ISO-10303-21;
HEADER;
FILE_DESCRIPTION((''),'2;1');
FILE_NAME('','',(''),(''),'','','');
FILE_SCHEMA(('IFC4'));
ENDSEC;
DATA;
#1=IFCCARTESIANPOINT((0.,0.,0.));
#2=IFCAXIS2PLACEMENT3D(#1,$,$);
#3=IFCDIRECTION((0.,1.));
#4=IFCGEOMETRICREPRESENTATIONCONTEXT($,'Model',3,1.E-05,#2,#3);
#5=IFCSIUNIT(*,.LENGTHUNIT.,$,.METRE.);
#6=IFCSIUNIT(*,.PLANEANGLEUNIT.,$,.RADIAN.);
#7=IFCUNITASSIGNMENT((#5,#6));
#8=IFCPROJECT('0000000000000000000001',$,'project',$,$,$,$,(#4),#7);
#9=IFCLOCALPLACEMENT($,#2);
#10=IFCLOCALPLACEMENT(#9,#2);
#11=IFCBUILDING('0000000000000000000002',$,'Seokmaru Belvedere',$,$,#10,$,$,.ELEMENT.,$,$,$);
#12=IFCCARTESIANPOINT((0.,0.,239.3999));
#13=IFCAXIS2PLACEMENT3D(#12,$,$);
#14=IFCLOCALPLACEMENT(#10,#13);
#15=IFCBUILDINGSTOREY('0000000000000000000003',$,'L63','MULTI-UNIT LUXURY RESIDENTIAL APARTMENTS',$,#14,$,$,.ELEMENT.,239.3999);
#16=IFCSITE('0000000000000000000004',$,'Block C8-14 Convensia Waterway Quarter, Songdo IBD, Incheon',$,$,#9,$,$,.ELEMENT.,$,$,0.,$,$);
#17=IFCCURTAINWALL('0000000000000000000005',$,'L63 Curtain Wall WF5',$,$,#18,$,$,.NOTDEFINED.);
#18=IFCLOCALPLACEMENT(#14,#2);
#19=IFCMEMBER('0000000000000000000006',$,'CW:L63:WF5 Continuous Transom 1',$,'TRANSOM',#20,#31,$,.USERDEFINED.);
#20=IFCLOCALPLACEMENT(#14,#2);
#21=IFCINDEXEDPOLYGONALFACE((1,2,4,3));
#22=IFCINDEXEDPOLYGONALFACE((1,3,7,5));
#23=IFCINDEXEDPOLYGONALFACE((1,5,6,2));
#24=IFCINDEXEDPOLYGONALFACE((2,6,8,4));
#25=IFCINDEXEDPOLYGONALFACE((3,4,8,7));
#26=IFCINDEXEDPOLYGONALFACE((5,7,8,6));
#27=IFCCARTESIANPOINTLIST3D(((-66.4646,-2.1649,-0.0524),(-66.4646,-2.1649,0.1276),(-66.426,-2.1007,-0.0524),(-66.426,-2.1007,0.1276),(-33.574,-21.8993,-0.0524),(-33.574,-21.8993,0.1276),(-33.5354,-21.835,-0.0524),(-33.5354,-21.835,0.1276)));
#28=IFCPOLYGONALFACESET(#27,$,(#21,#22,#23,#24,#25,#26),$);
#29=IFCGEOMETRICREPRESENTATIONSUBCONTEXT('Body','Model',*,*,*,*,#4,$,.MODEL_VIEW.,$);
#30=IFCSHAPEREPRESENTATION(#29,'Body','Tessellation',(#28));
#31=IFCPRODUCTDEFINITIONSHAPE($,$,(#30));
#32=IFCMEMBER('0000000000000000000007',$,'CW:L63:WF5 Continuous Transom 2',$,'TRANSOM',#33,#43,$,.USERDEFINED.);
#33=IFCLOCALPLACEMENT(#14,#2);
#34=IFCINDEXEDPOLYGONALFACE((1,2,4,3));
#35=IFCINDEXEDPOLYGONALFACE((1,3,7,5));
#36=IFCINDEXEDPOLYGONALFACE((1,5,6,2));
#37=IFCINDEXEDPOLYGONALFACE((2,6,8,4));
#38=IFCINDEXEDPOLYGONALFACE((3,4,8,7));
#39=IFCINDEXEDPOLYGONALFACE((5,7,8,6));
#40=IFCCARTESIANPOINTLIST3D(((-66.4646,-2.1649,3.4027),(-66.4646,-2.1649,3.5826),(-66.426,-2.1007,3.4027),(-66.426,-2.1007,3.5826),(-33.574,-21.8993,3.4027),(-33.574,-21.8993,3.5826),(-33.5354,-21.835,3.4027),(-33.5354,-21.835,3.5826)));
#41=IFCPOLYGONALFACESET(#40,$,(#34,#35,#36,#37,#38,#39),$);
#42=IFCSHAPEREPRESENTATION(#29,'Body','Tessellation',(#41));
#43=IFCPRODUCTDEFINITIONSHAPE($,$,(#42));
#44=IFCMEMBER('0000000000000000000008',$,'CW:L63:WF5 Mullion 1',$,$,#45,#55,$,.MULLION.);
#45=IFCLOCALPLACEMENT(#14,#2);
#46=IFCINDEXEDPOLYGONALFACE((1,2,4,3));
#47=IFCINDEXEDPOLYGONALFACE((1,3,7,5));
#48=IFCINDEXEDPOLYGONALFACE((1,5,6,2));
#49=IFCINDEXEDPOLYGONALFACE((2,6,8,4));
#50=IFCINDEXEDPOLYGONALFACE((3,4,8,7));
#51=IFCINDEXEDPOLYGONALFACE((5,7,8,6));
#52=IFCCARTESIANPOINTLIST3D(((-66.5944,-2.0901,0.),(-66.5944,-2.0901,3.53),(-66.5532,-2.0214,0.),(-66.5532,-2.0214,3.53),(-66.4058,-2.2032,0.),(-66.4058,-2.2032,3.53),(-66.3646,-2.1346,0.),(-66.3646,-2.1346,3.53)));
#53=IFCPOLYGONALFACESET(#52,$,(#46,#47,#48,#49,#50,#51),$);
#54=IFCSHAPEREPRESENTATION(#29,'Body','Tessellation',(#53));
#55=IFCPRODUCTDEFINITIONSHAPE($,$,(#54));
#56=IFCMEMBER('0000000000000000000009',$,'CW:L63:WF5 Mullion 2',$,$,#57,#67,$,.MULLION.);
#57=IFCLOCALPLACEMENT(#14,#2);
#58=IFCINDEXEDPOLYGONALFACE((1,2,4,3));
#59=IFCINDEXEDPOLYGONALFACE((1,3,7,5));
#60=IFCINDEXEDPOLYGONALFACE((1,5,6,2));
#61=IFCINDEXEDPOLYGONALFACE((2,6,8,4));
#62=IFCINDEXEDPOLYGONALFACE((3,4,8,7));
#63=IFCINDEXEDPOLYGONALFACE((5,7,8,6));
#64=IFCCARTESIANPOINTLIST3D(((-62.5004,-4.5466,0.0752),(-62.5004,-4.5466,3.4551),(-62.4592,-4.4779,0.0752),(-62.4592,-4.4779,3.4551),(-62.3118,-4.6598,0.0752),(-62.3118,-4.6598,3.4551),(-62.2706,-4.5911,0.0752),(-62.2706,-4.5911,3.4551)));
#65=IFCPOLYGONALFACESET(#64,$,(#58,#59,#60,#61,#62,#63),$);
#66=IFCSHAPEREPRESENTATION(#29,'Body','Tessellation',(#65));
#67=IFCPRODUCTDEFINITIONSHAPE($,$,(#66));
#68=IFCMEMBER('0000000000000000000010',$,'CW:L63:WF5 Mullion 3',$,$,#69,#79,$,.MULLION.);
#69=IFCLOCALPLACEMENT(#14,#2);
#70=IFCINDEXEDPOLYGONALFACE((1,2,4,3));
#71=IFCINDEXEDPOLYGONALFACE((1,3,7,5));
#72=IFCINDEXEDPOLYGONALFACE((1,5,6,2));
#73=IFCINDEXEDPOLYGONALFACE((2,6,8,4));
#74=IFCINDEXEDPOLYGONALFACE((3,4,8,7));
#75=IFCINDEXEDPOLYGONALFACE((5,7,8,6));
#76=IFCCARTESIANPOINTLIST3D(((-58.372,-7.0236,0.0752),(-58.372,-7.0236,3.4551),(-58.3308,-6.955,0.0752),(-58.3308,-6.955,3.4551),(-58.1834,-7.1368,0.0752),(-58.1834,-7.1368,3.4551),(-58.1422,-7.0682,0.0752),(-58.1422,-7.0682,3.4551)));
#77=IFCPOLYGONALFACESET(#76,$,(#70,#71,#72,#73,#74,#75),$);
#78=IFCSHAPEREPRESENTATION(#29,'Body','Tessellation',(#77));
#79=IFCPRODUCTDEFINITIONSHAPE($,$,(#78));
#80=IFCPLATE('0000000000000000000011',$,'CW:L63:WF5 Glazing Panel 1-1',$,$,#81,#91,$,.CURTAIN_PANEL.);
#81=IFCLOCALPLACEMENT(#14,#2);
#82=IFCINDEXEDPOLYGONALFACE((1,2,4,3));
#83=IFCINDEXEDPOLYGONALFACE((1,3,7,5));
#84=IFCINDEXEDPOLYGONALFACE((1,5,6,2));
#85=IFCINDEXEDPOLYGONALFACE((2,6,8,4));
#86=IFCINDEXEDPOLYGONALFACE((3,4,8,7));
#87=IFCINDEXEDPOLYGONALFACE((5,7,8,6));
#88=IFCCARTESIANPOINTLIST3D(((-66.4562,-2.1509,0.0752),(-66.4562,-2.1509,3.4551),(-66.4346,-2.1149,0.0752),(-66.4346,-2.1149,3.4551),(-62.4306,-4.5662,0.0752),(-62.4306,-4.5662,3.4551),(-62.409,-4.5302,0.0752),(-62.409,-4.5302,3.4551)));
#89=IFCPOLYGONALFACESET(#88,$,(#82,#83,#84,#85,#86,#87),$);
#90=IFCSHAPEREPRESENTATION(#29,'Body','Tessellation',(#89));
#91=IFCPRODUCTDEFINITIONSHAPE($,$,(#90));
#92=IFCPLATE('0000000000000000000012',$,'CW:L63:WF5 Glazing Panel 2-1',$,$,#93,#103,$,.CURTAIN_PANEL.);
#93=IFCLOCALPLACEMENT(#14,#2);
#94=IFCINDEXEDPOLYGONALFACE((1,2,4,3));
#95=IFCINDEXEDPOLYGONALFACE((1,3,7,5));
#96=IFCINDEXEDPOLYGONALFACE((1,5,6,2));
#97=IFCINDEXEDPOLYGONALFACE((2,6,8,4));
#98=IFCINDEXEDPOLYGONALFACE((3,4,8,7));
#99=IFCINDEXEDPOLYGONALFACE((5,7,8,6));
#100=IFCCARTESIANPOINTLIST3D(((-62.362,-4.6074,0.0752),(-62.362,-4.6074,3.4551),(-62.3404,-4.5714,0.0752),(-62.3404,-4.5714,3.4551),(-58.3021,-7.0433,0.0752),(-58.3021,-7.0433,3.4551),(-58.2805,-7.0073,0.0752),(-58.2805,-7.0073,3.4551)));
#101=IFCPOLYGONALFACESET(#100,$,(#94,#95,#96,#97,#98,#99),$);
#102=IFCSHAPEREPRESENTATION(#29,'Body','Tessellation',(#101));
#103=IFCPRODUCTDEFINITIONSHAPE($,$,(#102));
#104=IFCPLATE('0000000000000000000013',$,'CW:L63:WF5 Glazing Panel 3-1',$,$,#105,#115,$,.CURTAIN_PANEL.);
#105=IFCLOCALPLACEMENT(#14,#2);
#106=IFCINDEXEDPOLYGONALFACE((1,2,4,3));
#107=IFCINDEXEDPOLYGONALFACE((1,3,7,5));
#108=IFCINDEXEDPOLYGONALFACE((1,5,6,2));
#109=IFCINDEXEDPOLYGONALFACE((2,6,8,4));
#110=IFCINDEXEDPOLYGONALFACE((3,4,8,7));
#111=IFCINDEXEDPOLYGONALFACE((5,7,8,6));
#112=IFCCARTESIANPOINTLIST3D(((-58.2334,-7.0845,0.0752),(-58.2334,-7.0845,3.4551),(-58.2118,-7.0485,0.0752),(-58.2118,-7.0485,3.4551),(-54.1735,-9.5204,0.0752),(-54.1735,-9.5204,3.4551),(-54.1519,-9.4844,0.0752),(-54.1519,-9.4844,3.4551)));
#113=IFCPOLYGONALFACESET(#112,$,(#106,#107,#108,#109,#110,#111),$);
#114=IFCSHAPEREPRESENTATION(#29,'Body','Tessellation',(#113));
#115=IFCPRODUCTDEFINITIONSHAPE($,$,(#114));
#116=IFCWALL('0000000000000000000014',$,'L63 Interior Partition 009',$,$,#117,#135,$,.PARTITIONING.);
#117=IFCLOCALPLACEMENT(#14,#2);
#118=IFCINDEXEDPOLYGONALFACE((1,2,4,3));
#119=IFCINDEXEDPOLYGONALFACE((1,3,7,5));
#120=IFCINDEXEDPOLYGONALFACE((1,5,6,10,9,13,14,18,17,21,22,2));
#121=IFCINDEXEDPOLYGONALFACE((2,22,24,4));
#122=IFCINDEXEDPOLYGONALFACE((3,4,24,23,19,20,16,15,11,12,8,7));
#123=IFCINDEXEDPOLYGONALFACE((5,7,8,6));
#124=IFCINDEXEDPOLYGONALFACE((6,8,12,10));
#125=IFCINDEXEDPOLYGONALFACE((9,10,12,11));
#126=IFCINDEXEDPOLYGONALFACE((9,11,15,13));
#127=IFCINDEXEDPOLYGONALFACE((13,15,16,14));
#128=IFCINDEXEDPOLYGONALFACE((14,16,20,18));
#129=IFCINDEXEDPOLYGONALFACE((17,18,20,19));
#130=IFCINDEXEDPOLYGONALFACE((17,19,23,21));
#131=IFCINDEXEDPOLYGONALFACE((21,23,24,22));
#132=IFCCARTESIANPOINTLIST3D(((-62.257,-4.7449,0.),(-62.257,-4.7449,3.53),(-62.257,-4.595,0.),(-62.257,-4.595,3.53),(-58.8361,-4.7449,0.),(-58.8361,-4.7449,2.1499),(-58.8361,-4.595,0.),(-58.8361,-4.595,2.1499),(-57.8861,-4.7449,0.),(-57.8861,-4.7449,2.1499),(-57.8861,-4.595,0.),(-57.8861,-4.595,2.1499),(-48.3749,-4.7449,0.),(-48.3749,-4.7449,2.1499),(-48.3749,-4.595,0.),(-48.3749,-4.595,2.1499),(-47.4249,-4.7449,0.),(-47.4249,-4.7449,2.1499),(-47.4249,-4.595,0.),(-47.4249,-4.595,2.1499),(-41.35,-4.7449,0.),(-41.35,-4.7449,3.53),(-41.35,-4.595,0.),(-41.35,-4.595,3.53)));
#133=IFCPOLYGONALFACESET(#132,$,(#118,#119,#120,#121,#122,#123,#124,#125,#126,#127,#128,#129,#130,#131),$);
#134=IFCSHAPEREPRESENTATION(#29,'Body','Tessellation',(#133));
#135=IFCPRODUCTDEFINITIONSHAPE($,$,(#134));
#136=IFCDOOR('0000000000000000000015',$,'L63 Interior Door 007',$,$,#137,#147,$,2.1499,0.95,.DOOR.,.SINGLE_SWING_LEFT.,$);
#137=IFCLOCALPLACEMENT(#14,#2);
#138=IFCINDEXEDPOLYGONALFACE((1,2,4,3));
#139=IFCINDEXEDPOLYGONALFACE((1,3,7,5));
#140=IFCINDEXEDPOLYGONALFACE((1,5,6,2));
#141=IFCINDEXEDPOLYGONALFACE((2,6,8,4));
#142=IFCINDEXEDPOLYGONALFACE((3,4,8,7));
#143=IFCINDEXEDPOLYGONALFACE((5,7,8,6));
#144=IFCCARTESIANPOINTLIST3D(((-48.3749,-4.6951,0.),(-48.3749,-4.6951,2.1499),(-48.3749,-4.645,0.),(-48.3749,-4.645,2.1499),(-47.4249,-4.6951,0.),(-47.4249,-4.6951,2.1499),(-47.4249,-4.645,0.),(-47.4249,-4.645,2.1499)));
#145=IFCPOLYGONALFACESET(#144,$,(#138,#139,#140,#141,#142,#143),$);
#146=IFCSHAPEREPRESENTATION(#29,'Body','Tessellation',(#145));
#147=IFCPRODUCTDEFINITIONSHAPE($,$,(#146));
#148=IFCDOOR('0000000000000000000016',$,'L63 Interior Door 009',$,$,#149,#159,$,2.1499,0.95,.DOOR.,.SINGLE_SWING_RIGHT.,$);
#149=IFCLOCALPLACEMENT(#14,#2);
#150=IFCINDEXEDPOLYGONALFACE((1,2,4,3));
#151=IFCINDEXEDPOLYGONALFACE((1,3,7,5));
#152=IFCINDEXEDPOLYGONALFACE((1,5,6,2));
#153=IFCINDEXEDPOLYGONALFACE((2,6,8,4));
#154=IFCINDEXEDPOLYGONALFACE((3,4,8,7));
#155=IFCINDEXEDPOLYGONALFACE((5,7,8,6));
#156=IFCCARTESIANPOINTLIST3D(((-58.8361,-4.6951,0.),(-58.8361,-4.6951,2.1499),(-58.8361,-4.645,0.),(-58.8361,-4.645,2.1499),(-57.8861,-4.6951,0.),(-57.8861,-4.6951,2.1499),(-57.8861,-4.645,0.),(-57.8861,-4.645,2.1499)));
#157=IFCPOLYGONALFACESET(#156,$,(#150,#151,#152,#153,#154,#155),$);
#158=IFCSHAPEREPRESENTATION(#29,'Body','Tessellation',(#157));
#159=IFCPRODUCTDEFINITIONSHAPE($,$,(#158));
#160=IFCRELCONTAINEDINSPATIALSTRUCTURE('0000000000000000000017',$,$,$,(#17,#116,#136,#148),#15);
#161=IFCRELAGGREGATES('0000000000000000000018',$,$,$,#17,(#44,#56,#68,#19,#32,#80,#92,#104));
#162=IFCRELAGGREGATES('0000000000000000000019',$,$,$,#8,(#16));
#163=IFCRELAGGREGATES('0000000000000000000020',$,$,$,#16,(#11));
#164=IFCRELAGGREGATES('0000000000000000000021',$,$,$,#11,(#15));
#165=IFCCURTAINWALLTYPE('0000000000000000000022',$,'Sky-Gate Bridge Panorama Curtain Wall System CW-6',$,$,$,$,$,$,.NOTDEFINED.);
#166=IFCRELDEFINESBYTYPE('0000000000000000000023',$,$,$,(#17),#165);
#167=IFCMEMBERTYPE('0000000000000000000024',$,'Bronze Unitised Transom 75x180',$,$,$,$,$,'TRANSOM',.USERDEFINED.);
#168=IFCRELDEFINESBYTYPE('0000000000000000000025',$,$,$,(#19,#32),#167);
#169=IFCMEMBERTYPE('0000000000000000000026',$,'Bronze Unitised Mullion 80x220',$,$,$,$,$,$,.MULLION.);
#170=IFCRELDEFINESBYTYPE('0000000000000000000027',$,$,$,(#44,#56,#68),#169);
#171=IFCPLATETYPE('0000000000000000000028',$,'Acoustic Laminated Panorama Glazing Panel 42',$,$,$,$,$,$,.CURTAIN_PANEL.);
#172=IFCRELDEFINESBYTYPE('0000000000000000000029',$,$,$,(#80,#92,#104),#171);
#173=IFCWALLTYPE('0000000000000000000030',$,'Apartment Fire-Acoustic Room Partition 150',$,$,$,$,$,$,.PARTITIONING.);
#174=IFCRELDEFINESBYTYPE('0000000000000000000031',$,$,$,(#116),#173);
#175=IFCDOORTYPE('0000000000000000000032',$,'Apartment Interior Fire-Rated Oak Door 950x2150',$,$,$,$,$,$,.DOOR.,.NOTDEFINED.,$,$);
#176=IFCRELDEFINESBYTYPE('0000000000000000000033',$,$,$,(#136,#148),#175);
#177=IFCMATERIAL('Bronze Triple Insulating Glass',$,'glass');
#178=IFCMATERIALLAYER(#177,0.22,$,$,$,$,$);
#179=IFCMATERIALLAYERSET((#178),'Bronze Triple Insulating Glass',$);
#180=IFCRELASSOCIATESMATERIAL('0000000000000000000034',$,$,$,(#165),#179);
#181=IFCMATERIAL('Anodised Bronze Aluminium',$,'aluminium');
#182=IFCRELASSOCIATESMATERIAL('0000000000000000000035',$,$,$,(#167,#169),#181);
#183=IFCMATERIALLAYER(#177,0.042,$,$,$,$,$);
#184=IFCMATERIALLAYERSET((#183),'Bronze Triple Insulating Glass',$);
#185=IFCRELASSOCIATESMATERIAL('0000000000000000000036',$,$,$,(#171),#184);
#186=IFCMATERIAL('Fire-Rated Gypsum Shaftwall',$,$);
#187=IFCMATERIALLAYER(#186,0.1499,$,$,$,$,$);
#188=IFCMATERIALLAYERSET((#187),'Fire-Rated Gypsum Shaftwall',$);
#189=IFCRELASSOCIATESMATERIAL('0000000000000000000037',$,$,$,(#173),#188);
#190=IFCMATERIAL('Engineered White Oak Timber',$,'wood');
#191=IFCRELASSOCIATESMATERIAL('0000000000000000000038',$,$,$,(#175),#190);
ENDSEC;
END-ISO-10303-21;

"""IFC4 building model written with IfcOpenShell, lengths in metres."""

from ifc_helpers import new_model, si_unit, direction, frame, frame_2d, origin, origin_2d, place, context, subcontext, project, spatial, rectangle, extrude, source, transform, mapped, material, layer, layer_set, material_profile, profile_set, type_object, type_shapes, element, fill, aggregate, save


model = new_model("IFC4")

# Units and contexts
model_context = context("Model", 3, precision=1e-05, world=origin(), true_north=direction((0.0, 1.0)))
body_context = subcontext(model_context, "Body", "Model", "MODEL_VIEW")
ifc_project = project(units=[si_unit("LENGTHUNIT", "METRE"), si_unit("PLANEANGLEUNIT", "RADIAN")], contexts=[model_context])

# Site, building, storey
site_placement = place(None, origin())
site = spatial("IfcSite", under=ifc_project, at=site_placement, Name="Block C8-14 Convensia Waterway Quarter, Songdo IBD, Incheon", CompositionType="ELEMENT", RefElevation=0.0)
building_placement = place(site_placement, origin())
building = spatial("IfcBuilding", under=site, at=building_placement, Name="Seokmaru Belvedere", CompositionType="ELEMENT")
storey_placement = place(building_placement, frame((0.0, 0.0, 239.3999)))
storey = spatial("IfcBuildingStorey", under=building, at=storey_placement, Name="L63", Description="MULTI-UNIT LUXURY RESIDENTIAL APARTMENTS", CompositionType="ELEMENT", Elevation=239.3999)

# Curtain wall, members, plates
ifc_material_1 = material(Name="Bronze Triple Insulating Glass", Category="glass")
ifc_layer_1 = layer(ifc_material_1, 0.22)
ifc_layer_set_1 = layer_set([ifc_layer_1], Name="Bronze Triple Insulating Glass")
curtain_wall_type = type_object("IfcCurtainWallType", Name="Sky-Gate Bridge Panorama Curtain Wall System CW-6", PredefinedType="NOTDEFINED", material=ifc_layer_set_1)
curtain_wall_placement = place(storey_placement, origin())
curtain_wall = element("IfcCurtainWall", 1, at=curtain_wall_placement, inside=storey, type_object=curtain_wall_type, Name="L63 Curtain Wall WF5", PredefinedType="NOTDEFINED")
ifc_material_2 = material(Name="Anodised Bronze Aluminium", Category="aluminium")
ifc_material_profile_1 = material_profile(ifc_material_2, rectangle(XDim=0.075, YDim=0.1799, at=origin_2d()), Name="CW-T-75x180")
ifc_profile_set_1 = profile_set([ifc_material_profile_1], Name="Anodised Bronze Aluminium")
member_type_1 = type_object("IfcMemberType", Name="Bronze Unitised Transom 75x180", ElementType="TRANSOM", PredefinedType="USERDEFINED", material=ifc_profile_set_1)
shared_shape_1 = source(origin(), body_context, "Body", "SweptSolid", [
    extrude(rectangle(XDim=0.075, YDim=0.1799, at=origin_2d()), origin(), (0.0, 0.0, 1.0), 38.3567),
])
type_shapes(member_type_1, [shared_shape_1])
member_1_placement = place(storey_placement, frame((-66.4453, -2.1328, 0.0376), z_axis=(0.857493, -0.514496, 0.0), x_axis=(0.514496, 0.857493, 0.0)))
member_1 = element("IfcMember", 2, at=member_1_placement, type_object=member_type_1, Name="CW:L63:WF5 Continuous Transom 1", ObjectType="TRANSOM", PredefinedType="USERDEFINED", context=body_context, shape_type="MappedRepresentation", body=[
    mapped(shared_shape_1, transform((0.0, 0.0, 0.0), scale=1.0)),
])
member_2_placement = place(storey_placement, frame((-66.4453, -2.1328, 3.4927), z_axis=(0.857493, -0.514496, 0.0), x_axis=(0.514496, 0.857493, 0.0)))
member_2 = element("IfcMember", 3, at=member_2_placement, type_object=member_type_1, Name="CW:L63:WF5 Continuous Transom 2", ObjectType="TRANSOM", PredefinedType="USERDEFINED", context=body_context, shape_type="MappedRepresentation", body=[
    mapped(shared_shape_1, transform((0.0, 0.0, 0.0), scale=1.0)),
])
ifc_material_profile_2 = material_profile(ifc_material_2, rectangle(XDim=0.0801, YDim=0.22, at=origin_2d()), Name="CW-M-80x220")
ifc_profile_set_2 = profile_set([ifc_material_profile_2], Name="Anodised Bronze Aluminium")
member_type_2 = type_object("IfcMemberType", Name="Bronze Unitised Mullion 80x220", PredefinedType="MULLION", material=ifc_profile_set_2)
shared_shape_2 = source(origin(), body_context, "Body", "SweptSolid", [
    extrude(rectangle(XDim=0.0801, YDim=0.22, at=origin_2d()), origin(), (0.0, 0.0, 1.0), 3.53),
])
member_3_placement = place(storey_placement, frame((-66.4795, -2.1123, 0.0), z_axis=(0.0, 0.0, 1.0), x_axis=(0.514495, 0.857493, 0.0)))
member_3 = element("IfcMember", 4, at=member_3_placement, type_object=member_type_2, Name="CW:L63:WF5 Mullion 1", PredefinedType="MULLION", context=body_context, shape_type="MappedRepresentation", body=[
    mapped(shared_shape_2, transform((0.0, 0.0, 0.0), scale=1.0)),
])
shared_shape_3 = source(origin(), body_context, "Body", "SweptSolid", [
    extrude(rectangle(XDim=0.0801, YDim=0.22, at=origin_2d()), origin(), (0.0, 0.0, 1.0), 3.3799),
])
type_shapes(member_type_2, [shared_shape_2, shared_shape_3])
member_4_placement = place(storey_placement, frame((-62.3855, -4.5688, 0.0752), z_axis=(0.0, 0.0, 1.0), x_axis=(0.514495, 0.857493, 0.0)))
member_4 = element("IfcMember", 5, at=member_4_placement, type_object=member_type_2, Name="CW:L63:WF5 Mullion 2", PredefinedType="MULLION", context=body_context, shape_type="MappedRepresentation", body=[
    mapped(shared_shape_3, transform((0.0, 0.0, 0.0), scale=1.0)),
])
member_5_placement = place(storey_placement, frame((-58.2571, -7.0459, 0.0752), z_axis=(0.0, 0.0, 1.0), x_axis=(0.514495, 0.857493, 0.0)))
member_5 = element("IfcMember", 6, at=member_5_placement, type_object=member_type_2, Name="CW:L63:WF5 Mullion 3", PredefinedType="MULLION", context=body_context, shape_type="MappedRepresentation", body=[
    mapped(shared_shape_3, transform((0.0, 0.0, 0.0), scale=1.0)),
])
ifc_layer_2 = layer(ifc_material_1, 0.042)
ifc_layer_set_2 = layer_set([ifc_layer_2], Name="Bronze Triple Insulating Glass")
plate_type = type_object("IfcPlateType", Name="Acoustic Laminated Panorama Glazing Panel 42", PredefinedType="CURTAIN_PANEL", material=ifc_layer_set_2)
shared_shape_4 = source(origin(), body_context, "Body", "SweptSolid", [
    extrude(rectangle(XDim=4.6946, YDim=0.042, at=origin_2d()), origin(), (0.0, 0.0, 1.0), 3.3799),
])
plate_1_placement = place(storey_placement, frame((-64.4326, -3.3406, 0.0752), z_axis=(0.0, 0.0, 1.0), x_axis=(0.857493, -0.514495, 0.0)))
plate_1 = element("IfcPlate", 7, at=plate_1_placement, type_object=plate_type, Name="CW:L63:WF5 Glazing Panel 1-1", PredefinedType="CURTAIN_PANEL", context=body_context, shape_type="MappedRepresentation", body=[
    mapped(shared_shape_4, transform((0.0, 0.0, 0.0), scale=1.0)),
])
shared_shape_5 = source(origin(), body_context, "Body", "SweptSolid", [
    extrude(rectangle(XDim=4.7346, YDim=0.042, at=origin_2d()), origin(), (0.0, 0.0, 1.0), 3.3799),
])
type_shapes(plate_type, [shared_shape_4, shared_shape_5])
plate_2_placement = place(storey_placement, frame((-60.3213, -5.8074, 0.0752), z_axis=(0.0, 0.0, 1.0), x_axis=(0.857493, -0.514495, 0.0)))
plate_2 = element("IfcPlate", 8, at=plate_2_placement, type_object=plate_type, Name="CW:L63:WF5 Glazing Panel 2-1", PredefinedType="CURTAIN_PANEL", context=body_context, shape_type="MappedRepresentation", body=[
    mapped(shared_shape_5, transform((0.0, 0.0, 0.0), scale=1.0)),
])
plate_3_placement = place(storey_placement, frame((-56.1926, -8.2844, 0.0752), z_axis=(0.0, 0.0, 1.0), x_axis=(0.857493, -0.514495, 0.0)))
plate_3 = element("IfcPlate", 9, at=plate_3_placement, type_object=plate_type, Name="CW:L63:WF5 Glazing Panel 3-1", PredefinedType="CURTAIN_PANEL", context=body_context, shape_type="MappedRepresentation", body=[
    mapped(shared_shape_5, transform((0.0, 0.0, 0.0), scale=1.0)),
])
aggregate(curtain_wall, [member_3, member_4, member_5, member_1, member_2, plate_1, plate_2, plate_3])

# Wall, openings, doors
ifc_material_3 = material(Name="Fire-Rated Gypsum Shaftwall")
ifc_layer_3 = layer(ifc_material_3, 0.1499)
ifc_layer_set_3 = layer_set([ifc_layer_3], Name="Fire-Rated Gypsum Shaftwall")
wall_type_1 = type_object("IfcWallType", Name="Apartment Fire-Acoustic Room Partition 150", PredefinedType="PARTITIONING", material=ifc_layer_set_3)
wall_1_placement = place(storey_placement, frame((-62.2571, -4.6699, 0.0), z_axis=(0.0, 0.0, 1.0), x_axis=(1.0, 0.0, 0.0)))
wall_1 = element("IfcWall", 10, at=wall_1_placement, inside=storey, type_object=wall_type_1, Name="L63 Interior Partition 009", PredefinedType="PARTITIONING", context=body_context, shape_type="SweptSolid", body=[
    extrude(rectangle(XDim=20.907, YDim=0.1499, at=frame_2d((10.4536, 0.0))), origin(), (0.0, 0.0, 1.0), 3.53),
])
opening_1_placement = place(wall_1_placement, frame((13.8821, 0.0, 0.0)))
opening_1 = element("IfcOpeningElement", 11, at=opening_1_placement, cuts=wall_1, PredefinedType="OPENING", context=body_context, shape_type="SweptSolid", body=[
    extrude(rectangle(XDim=0.95, YDim=2.1499, at=frame_2d((0.4751, 1.075))), frame((0.0, 0.085, 0.0), z_axis=(0.0, -1.0, 0.0), x_axis=(1.0, 0.0, 0.0)), (0.0, 0.0, 1.0), 0.1699),
])
opening_2_placement = place(wall_1_placement, frame((3.4209, 0.0, 0.0)))
opening_2 = element("IfcOpeningElement", 12, at=opening_2_placement, cuts=wall_1, PredefinedType="OPENING", context=body_context, shape_type="SweptSolid", body=[
    extrude(rectangle(XDim=0.95, YDim=2.1499, at=frame_2d((0.4751, 1.075))), frame((0.0, 0.085, 0.0), z_axis=(0.0, -1.0, 0.0), x_axis=(1.0, 0.0, 0.0)), (0.0, 0.0, 1.0), 0.1699),
])
ifc_material_4 = material(Name="Engineered White Oak Timber", Category="wood")
door_type = type_object("IfcDoorType", Name="Apartment Interior Fire-Rated Oak Door 950x2150", OperationType="NOTDEFINED", PredefinedType="DOOR", material=ifc_material_4)
shared_shape_6 = source(origin(), body_context, "Body", "SweptSolid", [
    extrude(rectangle(XDim=0.95, YDim=2.1499, at=frame_2d((0.4751, 1.075))), frame((0.0, 0.0249, 0.0), z_axis=(0.0, -1.0, 0.0), x_axis=(1.0, 0.0, 0.0)), (0.0, 0.0, 1.0), 0.05),
])
type_shapes(door_type, [shared_shape_6])
door_1_placement = place(opening_1_placement, origin())
door_1 = element("IfcDoor", 13, at=door_1_placement, inside=storey, type_object=door_type, Name="L63 Interior Door 007", OperationType="SINGLE_SWING_LEFT", OverallHeight=2.1499, OverallWidth=0.95, PredefinedType="DOOR", context=body_context, shape_type="MappedRepresentation", body=[
    mapped(shared_shape_6, transform((0.0, 0.0, 0.0), scale=1.0)),
])
fill(opening_1, door_1)
door_2_placement = place(opening_2_placement, origin())
door_2 = element("IfcDoor", 14, at=door_2_placement, inside=storey, type_object=door_type, Name="L63 Interior Door 009", OperationType="SINGLE_SWING_RIGHT", OverallHeight=2.1499, OverallWidth=0.95, PredefinedType="DOOR", context=body_context, shape_type="MappedRepresentation", body=[
    mapped(shared_shape_6, transform((0.0, 0.0, 0.0), scale=1.0)),
])
fill(opening_2, door_2)

save(model, "model.ifc")
